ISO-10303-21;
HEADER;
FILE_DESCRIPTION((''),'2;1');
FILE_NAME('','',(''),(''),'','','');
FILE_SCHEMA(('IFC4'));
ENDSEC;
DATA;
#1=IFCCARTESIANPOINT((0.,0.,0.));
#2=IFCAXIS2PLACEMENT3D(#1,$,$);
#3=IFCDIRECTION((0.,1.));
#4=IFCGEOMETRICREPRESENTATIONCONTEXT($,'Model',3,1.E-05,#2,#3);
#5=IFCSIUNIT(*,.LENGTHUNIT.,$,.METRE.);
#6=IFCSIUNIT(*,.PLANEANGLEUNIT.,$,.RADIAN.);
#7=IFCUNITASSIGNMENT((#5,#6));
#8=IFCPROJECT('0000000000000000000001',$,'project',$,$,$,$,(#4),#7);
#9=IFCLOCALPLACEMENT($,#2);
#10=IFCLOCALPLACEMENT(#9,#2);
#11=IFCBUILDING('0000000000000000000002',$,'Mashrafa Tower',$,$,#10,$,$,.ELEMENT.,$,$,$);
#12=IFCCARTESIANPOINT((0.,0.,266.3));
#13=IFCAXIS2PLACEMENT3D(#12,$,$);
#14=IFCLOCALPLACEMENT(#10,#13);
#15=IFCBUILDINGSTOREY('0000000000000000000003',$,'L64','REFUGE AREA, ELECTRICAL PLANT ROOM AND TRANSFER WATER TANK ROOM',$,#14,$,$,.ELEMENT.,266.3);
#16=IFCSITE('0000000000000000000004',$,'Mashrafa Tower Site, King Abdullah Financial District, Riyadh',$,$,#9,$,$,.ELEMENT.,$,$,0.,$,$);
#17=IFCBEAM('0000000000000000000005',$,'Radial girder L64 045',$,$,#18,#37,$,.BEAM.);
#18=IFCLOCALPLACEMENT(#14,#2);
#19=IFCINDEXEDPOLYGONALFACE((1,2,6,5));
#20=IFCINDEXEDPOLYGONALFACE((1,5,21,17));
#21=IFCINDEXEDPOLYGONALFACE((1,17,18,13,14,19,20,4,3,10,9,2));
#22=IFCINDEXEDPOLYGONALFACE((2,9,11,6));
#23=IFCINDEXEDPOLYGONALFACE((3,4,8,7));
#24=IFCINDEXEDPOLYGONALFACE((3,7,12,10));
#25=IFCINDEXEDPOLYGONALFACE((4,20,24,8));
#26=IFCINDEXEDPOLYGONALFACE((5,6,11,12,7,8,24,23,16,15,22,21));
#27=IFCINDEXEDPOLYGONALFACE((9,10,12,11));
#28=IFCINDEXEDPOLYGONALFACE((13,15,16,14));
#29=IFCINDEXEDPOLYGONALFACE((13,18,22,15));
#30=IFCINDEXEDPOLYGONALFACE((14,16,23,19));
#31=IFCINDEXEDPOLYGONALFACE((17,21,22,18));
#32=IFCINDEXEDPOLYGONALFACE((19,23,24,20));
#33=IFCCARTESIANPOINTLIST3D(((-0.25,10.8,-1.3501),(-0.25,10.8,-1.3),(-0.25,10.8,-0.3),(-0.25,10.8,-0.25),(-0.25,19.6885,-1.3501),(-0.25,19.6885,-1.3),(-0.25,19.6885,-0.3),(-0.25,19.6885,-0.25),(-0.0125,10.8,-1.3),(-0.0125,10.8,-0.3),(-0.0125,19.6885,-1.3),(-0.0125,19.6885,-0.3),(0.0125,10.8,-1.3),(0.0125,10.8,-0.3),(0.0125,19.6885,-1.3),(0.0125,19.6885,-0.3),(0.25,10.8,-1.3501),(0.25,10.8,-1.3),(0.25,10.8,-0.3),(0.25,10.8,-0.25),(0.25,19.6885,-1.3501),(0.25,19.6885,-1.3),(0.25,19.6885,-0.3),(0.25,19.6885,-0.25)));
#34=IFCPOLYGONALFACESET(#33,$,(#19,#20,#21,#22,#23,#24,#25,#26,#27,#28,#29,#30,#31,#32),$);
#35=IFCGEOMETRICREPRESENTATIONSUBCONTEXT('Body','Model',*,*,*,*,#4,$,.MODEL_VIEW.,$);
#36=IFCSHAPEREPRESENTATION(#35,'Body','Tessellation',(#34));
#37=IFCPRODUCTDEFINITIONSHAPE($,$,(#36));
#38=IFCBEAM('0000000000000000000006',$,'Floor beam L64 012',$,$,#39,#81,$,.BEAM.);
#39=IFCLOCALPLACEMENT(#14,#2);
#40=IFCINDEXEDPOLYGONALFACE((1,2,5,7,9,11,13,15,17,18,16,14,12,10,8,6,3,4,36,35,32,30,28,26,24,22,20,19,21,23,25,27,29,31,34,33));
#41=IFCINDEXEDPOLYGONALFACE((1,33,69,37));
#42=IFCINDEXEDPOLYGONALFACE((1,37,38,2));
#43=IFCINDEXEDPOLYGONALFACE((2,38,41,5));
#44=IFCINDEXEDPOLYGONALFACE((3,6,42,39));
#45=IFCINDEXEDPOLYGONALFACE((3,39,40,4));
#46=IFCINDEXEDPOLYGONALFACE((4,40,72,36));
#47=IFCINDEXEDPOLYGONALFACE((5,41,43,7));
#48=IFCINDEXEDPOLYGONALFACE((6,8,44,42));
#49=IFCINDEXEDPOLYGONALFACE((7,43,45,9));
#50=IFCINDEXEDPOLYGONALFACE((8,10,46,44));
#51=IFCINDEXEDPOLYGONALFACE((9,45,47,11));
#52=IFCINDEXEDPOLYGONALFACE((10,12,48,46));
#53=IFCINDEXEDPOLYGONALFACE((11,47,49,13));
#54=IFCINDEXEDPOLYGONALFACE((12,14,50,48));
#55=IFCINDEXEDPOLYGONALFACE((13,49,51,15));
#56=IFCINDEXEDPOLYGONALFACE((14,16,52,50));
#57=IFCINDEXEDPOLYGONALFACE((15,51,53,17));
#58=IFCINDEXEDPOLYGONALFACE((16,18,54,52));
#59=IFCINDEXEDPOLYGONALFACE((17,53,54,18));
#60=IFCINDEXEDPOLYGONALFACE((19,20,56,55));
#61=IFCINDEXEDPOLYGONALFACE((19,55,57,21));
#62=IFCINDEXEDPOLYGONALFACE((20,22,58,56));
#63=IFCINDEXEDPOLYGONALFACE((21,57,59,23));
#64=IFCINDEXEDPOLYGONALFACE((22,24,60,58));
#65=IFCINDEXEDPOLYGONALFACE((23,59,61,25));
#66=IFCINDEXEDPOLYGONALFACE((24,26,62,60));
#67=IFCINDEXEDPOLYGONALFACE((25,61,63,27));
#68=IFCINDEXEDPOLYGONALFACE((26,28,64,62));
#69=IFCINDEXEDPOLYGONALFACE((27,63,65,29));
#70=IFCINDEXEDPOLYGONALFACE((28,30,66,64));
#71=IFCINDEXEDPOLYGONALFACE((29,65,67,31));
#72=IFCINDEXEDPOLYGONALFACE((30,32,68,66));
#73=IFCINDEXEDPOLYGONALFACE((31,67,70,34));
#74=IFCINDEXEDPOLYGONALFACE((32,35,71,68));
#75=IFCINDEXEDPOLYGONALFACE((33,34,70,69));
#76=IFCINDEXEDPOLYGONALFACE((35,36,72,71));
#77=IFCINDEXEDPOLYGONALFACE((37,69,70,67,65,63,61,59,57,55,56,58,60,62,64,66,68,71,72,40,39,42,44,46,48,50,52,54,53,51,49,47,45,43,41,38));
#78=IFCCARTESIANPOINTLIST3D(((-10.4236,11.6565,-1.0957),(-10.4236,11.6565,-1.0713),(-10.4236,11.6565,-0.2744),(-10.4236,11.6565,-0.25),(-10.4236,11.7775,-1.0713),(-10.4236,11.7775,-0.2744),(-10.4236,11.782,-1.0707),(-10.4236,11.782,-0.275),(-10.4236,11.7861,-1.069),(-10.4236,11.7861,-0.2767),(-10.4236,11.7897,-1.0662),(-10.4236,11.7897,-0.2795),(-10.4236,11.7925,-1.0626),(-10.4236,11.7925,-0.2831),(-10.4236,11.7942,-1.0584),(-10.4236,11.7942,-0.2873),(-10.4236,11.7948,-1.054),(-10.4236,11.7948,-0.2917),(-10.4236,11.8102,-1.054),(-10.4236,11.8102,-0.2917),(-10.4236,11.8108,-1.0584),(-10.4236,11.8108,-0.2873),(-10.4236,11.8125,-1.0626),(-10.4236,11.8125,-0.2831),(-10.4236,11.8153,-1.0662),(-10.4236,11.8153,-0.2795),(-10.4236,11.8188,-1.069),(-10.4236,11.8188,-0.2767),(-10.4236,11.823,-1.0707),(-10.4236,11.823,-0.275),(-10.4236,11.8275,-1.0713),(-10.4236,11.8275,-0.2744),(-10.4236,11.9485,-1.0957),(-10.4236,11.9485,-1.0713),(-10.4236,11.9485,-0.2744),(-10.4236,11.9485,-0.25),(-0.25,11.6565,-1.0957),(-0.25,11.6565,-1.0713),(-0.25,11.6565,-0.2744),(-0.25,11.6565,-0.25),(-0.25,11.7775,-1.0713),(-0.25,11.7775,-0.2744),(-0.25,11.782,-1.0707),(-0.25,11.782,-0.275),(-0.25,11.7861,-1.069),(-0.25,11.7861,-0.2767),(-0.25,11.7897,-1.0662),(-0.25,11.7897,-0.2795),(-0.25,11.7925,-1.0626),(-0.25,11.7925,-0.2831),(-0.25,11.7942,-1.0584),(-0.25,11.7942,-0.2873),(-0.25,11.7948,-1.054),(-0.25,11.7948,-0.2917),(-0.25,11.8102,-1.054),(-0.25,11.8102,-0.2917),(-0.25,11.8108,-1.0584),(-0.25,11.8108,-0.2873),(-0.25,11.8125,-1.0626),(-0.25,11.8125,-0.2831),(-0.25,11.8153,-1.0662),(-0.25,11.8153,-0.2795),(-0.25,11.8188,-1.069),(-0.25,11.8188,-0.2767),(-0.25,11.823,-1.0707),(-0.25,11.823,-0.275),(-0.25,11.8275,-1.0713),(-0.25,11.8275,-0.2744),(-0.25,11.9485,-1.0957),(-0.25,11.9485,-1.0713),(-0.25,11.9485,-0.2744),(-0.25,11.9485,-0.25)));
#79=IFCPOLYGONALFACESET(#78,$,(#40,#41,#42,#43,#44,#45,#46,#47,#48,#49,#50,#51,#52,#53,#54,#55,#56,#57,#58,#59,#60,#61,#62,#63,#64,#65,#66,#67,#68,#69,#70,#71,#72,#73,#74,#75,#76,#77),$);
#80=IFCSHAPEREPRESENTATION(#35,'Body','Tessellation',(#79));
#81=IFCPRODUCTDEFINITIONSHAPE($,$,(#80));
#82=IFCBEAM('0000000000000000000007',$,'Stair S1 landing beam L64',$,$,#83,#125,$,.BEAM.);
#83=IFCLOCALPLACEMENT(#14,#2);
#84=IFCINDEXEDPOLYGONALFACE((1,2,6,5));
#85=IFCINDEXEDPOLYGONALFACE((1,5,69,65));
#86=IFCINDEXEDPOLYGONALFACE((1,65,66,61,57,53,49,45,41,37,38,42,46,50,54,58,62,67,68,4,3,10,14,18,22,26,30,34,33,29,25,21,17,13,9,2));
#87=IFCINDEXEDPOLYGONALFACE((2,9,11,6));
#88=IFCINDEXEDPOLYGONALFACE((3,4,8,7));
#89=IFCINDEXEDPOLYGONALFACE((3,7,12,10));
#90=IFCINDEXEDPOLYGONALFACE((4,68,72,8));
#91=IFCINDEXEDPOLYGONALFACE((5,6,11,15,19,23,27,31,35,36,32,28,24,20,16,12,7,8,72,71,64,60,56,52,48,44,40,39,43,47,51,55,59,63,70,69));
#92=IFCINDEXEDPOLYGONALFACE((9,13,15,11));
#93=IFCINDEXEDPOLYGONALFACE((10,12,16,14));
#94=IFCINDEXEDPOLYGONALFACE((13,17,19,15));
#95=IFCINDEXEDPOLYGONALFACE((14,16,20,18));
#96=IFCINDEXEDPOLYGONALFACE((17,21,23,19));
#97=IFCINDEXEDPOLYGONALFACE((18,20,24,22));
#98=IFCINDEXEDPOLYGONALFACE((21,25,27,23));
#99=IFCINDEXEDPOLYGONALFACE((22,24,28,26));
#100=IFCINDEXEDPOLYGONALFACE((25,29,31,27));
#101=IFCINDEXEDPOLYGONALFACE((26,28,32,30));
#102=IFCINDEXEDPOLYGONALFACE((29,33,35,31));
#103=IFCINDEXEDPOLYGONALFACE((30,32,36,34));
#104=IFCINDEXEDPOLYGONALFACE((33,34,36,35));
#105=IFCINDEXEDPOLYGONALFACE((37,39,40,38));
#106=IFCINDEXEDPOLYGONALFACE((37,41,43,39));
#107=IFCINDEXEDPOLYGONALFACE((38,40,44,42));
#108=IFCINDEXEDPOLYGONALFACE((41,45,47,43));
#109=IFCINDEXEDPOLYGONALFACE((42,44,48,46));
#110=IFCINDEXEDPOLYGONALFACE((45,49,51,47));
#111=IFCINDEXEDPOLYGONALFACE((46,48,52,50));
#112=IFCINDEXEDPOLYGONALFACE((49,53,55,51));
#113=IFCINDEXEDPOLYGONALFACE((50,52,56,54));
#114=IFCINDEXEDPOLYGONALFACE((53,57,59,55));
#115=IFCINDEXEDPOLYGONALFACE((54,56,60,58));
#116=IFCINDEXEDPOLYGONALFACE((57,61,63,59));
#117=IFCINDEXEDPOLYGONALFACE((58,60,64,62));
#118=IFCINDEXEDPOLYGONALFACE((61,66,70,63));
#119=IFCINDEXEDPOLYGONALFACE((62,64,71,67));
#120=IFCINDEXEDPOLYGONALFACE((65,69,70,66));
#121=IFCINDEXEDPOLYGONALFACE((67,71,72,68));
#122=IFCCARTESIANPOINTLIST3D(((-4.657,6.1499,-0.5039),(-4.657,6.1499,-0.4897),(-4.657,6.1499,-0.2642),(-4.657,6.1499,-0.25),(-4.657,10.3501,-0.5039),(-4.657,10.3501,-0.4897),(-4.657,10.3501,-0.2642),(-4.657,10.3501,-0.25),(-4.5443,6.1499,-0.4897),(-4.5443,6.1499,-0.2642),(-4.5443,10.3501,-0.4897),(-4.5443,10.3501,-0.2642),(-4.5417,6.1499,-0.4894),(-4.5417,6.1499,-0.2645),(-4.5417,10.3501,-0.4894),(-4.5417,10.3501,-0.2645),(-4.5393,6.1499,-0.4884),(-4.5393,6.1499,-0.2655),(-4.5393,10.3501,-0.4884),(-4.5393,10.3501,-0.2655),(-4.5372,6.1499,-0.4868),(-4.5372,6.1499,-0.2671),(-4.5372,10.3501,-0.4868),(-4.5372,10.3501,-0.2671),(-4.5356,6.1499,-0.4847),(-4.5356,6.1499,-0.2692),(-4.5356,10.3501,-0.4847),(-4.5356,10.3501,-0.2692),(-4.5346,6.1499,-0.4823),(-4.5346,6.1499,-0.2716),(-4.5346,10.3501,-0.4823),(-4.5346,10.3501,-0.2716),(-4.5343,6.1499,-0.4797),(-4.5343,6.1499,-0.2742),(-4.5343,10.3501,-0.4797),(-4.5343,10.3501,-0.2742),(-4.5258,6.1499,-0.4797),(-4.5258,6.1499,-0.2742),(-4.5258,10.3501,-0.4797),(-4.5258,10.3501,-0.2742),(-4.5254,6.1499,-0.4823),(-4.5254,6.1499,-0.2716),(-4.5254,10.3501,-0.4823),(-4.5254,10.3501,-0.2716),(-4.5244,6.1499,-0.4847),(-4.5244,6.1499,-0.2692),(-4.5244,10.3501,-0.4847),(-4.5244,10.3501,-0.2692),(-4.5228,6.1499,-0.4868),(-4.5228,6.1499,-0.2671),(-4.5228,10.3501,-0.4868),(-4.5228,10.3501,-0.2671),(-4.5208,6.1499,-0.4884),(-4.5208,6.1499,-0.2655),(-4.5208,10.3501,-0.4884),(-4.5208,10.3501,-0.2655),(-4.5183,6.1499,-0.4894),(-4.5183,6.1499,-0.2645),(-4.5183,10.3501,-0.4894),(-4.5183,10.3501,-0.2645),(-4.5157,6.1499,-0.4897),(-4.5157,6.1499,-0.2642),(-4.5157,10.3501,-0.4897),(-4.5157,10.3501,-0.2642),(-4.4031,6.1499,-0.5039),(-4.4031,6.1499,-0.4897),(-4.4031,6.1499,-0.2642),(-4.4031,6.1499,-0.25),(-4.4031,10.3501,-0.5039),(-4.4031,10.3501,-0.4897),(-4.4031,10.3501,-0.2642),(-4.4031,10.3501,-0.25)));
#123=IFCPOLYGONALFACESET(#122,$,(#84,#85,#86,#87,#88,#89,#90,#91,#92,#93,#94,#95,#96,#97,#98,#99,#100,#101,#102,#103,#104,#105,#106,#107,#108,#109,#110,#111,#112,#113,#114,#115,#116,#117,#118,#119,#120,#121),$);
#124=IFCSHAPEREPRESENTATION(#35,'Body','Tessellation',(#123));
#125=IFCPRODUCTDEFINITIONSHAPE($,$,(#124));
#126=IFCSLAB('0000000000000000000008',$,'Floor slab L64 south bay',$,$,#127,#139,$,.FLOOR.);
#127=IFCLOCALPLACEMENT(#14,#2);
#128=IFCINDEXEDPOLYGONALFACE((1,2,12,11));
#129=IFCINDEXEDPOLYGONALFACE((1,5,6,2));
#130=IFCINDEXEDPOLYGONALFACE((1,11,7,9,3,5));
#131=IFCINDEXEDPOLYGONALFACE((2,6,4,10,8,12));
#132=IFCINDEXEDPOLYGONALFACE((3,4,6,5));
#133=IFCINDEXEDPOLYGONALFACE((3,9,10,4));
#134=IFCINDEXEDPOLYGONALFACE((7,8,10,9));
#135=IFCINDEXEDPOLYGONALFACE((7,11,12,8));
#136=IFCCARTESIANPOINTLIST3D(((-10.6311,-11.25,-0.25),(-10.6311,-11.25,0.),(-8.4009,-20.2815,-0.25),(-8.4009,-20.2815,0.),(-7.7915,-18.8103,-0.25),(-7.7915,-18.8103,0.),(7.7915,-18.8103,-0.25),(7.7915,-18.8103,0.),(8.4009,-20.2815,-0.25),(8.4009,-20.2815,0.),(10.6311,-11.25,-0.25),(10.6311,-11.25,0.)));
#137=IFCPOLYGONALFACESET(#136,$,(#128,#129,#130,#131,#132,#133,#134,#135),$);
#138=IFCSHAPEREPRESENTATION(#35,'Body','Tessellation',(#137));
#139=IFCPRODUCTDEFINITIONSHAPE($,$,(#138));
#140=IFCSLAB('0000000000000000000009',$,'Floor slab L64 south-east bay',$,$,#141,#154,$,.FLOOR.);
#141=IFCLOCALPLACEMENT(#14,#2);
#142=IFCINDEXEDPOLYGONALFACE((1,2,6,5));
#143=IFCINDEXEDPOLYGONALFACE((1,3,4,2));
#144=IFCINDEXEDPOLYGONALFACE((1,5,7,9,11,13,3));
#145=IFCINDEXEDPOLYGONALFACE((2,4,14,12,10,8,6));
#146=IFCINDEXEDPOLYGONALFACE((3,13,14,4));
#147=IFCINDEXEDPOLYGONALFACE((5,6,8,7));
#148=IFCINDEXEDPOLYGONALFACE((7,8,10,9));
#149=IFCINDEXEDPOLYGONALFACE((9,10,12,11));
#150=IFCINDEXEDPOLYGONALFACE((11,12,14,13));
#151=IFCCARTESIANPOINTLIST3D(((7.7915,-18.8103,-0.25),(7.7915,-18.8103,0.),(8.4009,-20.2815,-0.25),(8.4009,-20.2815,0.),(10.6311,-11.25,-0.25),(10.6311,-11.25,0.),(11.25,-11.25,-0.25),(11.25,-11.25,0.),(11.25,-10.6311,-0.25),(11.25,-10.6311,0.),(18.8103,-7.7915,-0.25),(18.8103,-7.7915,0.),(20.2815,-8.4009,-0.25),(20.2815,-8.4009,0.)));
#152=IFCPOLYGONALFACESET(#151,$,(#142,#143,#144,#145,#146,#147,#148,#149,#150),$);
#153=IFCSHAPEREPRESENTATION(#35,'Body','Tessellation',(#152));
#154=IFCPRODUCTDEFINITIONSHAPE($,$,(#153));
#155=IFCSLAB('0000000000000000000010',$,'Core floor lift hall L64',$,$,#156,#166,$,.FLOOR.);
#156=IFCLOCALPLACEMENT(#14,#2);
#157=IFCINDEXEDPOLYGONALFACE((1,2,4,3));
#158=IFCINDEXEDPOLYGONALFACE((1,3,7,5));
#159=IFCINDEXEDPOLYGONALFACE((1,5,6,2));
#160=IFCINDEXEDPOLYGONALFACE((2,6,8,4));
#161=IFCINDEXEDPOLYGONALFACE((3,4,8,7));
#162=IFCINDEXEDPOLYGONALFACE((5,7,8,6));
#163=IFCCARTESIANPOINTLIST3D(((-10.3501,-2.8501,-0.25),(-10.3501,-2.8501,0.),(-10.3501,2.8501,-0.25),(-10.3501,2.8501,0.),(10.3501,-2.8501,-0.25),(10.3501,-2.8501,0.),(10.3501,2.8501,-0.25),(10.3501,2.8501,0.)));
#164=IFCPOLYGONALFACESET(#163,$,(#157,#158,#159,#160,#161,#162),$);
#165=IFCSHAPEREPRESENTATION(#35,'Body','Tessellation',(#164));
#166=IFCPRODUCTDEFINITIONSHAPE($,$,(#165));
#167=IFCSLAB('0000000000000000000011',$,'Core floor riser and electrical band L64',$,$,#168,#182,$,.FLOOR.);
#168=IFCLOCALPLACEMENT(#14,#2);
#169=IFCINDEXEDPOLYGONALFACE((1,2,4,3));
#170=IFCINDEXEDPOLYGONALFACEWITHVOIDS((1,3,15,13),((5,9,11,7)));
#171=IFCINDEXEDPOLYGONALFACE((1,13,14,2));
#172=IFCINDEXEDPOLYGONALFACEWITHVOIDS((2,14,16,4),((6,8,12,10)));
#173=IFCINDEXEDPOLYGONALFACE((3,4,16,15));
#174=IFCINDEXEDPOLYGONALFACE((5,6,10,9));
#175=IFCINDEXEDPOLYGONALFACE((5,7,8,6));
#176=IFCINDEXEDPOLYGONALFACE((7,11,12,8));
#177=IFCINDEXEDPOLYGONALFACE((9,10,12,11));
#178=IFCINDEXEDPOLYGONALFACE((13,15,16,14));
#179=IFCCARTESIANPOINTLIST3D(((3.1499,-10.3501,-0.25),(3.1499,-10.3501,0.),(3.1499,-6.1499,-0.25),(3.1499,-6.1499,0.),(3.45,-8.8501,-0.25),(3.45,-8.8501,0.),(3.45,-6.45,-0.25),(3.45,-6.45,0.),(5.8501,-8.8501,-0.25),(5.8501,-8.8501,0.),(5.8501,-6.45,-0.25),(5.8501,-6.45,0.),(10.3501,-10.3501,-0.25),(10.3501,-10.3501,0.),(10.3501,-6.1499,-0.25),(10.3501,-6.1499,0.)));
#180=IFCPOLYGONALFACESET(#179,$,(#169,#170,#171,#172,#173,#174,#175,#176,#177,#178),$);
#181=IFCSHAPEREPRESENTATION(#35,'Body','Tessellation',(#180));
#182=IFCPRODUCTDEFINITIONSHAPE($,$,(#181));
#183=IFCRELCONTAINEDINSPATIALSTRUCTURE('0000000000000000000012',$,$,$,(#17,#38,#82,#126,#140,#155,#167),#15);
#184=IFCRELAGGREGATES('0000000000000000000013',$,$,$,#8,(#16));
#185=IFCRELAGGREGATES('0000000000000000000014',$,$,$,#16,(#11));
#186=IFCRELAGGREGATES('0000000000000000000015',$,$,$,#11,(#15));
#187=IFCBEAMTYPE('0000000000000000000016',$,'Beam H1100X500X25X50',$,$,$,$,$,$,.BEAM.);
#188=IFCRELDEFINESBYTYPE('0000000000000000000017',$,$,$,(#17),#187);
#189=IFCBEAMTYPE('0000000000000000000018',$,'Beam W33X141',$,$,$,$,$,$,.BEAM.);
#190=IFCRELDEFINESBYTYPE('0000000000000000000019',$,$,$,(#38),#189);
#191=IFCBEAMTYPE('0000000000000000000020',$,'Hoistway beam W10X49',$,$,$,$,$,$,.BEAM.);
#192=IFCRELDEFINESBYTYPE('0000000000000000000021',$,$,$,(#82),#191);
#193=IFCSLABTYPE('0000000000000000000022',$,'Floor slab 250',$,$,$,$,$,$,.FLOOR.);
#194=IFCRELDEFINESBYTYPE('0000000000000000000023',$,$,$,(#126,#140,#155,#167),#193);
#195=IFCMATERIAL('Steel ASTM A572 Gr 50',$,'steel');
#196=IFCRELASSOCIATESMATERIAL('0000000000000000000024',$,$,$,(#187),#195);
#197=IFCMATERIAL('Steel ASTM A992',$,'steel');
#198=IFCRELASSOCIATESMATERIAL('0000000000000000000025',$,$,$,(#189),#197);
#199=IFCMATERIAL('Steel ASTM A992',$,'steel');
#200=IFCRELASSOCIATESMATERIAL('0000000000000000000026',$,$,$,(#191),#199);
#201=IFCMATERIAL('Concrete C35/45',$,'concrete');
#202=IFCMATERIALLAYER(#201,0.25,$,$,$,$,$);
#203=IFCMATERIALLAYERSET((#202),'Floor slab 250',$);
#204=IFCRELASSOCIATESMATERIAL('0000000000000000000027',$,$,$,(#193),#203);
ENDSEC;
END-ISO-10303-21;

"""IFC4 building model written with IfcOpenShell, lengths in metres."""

from ifc_helpers import new_model, si_unit, direction, frame, origin, origin_2d, place, context, subcontext, project, spatial, polyline, i_section, outline, extrude, material, layer, layer_set, material_profile, profile_set, type_object, element, save


model = new_model("IFC4")

# Units and contexts
model_context = context("Model", 3, precision=1e-05, world=origin(), true_north=direction((0.0, 1.0)))
body_context = subcontext(model_context, "Body", "Model", "MODEL_VIEW")
ifc_project = project(units=[si_unit("LENGTHUNIT", "METRE"), si_unit("PLANEANGLEUNIT", "RADIAN")], contexts=[model_context])

# Site, building, storey
site_placement = place(None, origin())
site = spatial("IfcSite", under=ifc_project, at=site_placement, Name="Mashrafa Tower Site, King Abdullah Financial District, Riyadh", CompositionType="ELEMENT", RefElevation=0.0)
building_placement = place(site_placement, origin())
building = spatial("IfcBuilding", under=site, at=building_placement, Name="Mashrafa Tower", CompositionType="ELEMENT")
storey_placement = place(building_placement, frame((0.0, 0.0, 266.3)))
storey = spatial("IfcBuildingStorey", under=building, at=storey_placement, Name="L64", Description="REFUGE AREA, ELECTRICAL PLANT ROOM AND TRANSFER WATER TANK ROOM", CompositionType="ELEMENT", Elevation=266.3)

# Beams
ifc_material_1 = material(Name="Steel ASTM A572 Gr 50", Category="steel")
ifc_material_profile_1 = material_profile(ifc_material_1, i_section(OverallWidth=0.5, OverallDepth=1.1001, WebThickness=0.0249, FlangeThickness=0.05, at=origin_2d()), Name="H1100X500X25X50")
ifc_profile_set_1 = profile_set([ifc_material_profile_1], Name="Steel ASTM A572 Gr 50")
beam_type_1 = type_object("IfcBeamType", Name="Beam H1100X500X25X50", PredefinedType="BEAM", material=ifc_profile_set_1)
beam_1_placement = place(storey_placement, frame((0.0, 10.8, -0.8), z_axis=(0.0, 1.0, 0.0), x_axis=(-1.0, 0.0, 0.0)))
element("IfcBeam", 1, at=beam_1_placement, inside=storey, type_object=beam_type_1, Name="Radial girder L64 045", PredefinedType="BEAM", context=body_context, shape_type="SweptSolid", body=[
    extrude(i_section(OverallWidth=0.5, OverallDepth=1.1001, WebThickness=0.0249, FlangeThickness=0.05, at=origin_2d()), origin(), (0.0, 0.0, 1.0), 8.8884),
])
ifc_material_2 = material(Name="Steel ASTM A992", Category="steel")
ifc_material_profile_2 = material_profile(ifc_material_2, i_section(OverallWidth=0.292, OverallDepth=0.8457, WebThickness=0.0154, FlangeThickness=0.0244, FilletRadius=0.0173, at=origin_2d()), Name="W33X141")
ifc_profile_set_2 = profile_set([ifc_material_profile_2], Name="Steel ASTM A992")
beam_type_2 = type_object("IfcBeamType", Name="Beam W33X141", PredefinedType="BEAM", material=ifc_profile_set_2)
beam_2_placement = place(storey_placement, frame((-10.4236, 11.8025, -0.6729), z_axis=(1.0, 0.0, 0.0), x_axis=(0.0, 1.0, 0.0)))
element("IfcBeam", 2, at=beam_2_placement, inside=storey, type_object=beam_type_2, Name="Floor beam L64 012", PredefinedType="BEAM", context=body_context, shape_type="SweptSolid", body=[
    extrude(i_section(OverallWidth=0.292, OverallDepth=0.8457, WebThickness=0.0154, FlangeThickness=0.0244, FilletRadius=0.0173, at=origin_2d()), origin(), (0.0, 0.0, 1.0), 10.1736),
])
ifc_material_3 = material(Name="Steel ASTM A992", Category="steel")
ifc_material_profile_3 = material_profile(ifc_material_3, i_section(OverallWidth=0.2539, OverallDepth=0.2539, WebThickness=0.0085, FlangeThickness=0.0142, FilletRadius=0.01, at=origin_2d()), Name="W10X49")
ifc_profile_set_3 = profile_set([ifc_material_profile_3], Name="Steel ASTM A992")
beam_type_3 = type_object("IfcBeamType", Name="Hoistway beam W10X49", PredefinedType="BEAM", material=ifc_profile_set_3)
beam_3_placement = place(storey_placement, frame((-4.53, 6.1499, -0.377), z_axis=(0.0, 1.0, 0.0), x_axis=(-1.0, 0.0, 0.0)))
element("IfcBeam", 3, at=beam_3_placement, inside=storey, type_object=beam_type_3, Name="Stair S1 landing beam L64", PredefinedType="BEAM", context=body_context, shape_type="SweptSolid", body=[
    extrude(i_section(OverallWidth=0.2539, OverallDepth=0.2539, WebThickness=0.0085, FlangeThickness=0.0142, FilletRadius=0.01, at=origin_2d()), origin(), (0.0, 0.0, 1.0), 4.2002),
])

# Slabs
ifc_material_4 = material(Name="Concrete C35/45", Category="concrete")
ifc_layer_1 = layer(ifc_material_4, 0.25)
ifc_layer_set_1 = layer_set([ifc_layer_1], Name="Floor slab 250")
slab_type = type_object("IfcSlabType", Name="Floor slab 250", PredefinedType="FLOOR", material=ifc_layer_set_1)
slab_1_placement = place(storey_placement, frame((0.0, 0.0, -0.25)))
element("IfcSlab", 4, at=slab_1_placement, inside=storey, type_object=slab_type, Name="Floor slab L64 south bay", PredefinedType="FLOOR", context=body_context, shape_type="SweptSolid", body=[
    extrude(outline(polyline([(-8.4009, -20.2815), (-8.4009, -20.2815), (-7.7915, -18.8103), (-10.6311, -11.25), (10.6311, -11.25), (7.7915, -18.8103), (8.4009, -20.2815), (8.4009, -20.2815), (-8.4009, -20.2815)])), origin(), (0.0, 0.0, 1.0), 0.25),
])
slab_2_placement = place(storey_placement, frame((0.0, 0.0, -0.25)))
element("IfcSlab", 5, at=slab_2_placement, inside=storey, type_object=slab_type, Name="Floor slab L64 south-east bay", PredefinedType="FLOOR", context=body_context, shape_type="SweptSolid", body=[
    extrude(outline(polyline([(8.4009, -20.2815), (7.7915, -18.8103), (10.6311, -11.25), (11.25, -11.25), (11.25, -10.6311), (18.8103, -7.7915), (20.2815, -8.4009), (8.4009, -20.2815)])), origin(), (0.0, 0.0, 1.0), 0.25),
])
slab_3_placement = place(storey_placement, frame((0.0, 0.0, -0.25)))
element("IfcSlab", 6, at=slab_3_placement, inside=storey, type_object=slab_type, Name="Core floor lift hall L64", PredefinedType="FLOOR", context=body_context, shape_type="SweptSolid", body=[
    extrude(outline(polyline([(-10.3501, 2.8501), (10.3501, 2.8501), (10.3501, -2.8501), (-10.3501, -2.8501), (-10.3501, 2.8501)])), origin(), (0.0, 0.0, 1.0), 0.25),
])
slab_4_placement = place(storey_placement, frame((0.0, 0.0, -0.25)))
element("IfcSlab", 7, at=slab_4_placement, inside=storey, type_object=slab_type, Name="Core floor riser and electrical band L64", PredefinedType="FLOOR", context=body_context, shape_type="SweptSolid", body=[
    extrude(outline(polyline([(10.3501, -6.1499), (10.3501, -10.3501), (3.1499, -10.3501), (3.1499, -6.1499), (10.3501, -6.1499)]), holes=[polyline([(3.45, -8.8501), (5.8501, -8.8501), (5.8501, -6.45), (3.45, -6.45), (3.45, -8.8501)])]), origin(), (0.0, 0.0, 1.0), 0.25),
])

save(model, "model.ifc")
